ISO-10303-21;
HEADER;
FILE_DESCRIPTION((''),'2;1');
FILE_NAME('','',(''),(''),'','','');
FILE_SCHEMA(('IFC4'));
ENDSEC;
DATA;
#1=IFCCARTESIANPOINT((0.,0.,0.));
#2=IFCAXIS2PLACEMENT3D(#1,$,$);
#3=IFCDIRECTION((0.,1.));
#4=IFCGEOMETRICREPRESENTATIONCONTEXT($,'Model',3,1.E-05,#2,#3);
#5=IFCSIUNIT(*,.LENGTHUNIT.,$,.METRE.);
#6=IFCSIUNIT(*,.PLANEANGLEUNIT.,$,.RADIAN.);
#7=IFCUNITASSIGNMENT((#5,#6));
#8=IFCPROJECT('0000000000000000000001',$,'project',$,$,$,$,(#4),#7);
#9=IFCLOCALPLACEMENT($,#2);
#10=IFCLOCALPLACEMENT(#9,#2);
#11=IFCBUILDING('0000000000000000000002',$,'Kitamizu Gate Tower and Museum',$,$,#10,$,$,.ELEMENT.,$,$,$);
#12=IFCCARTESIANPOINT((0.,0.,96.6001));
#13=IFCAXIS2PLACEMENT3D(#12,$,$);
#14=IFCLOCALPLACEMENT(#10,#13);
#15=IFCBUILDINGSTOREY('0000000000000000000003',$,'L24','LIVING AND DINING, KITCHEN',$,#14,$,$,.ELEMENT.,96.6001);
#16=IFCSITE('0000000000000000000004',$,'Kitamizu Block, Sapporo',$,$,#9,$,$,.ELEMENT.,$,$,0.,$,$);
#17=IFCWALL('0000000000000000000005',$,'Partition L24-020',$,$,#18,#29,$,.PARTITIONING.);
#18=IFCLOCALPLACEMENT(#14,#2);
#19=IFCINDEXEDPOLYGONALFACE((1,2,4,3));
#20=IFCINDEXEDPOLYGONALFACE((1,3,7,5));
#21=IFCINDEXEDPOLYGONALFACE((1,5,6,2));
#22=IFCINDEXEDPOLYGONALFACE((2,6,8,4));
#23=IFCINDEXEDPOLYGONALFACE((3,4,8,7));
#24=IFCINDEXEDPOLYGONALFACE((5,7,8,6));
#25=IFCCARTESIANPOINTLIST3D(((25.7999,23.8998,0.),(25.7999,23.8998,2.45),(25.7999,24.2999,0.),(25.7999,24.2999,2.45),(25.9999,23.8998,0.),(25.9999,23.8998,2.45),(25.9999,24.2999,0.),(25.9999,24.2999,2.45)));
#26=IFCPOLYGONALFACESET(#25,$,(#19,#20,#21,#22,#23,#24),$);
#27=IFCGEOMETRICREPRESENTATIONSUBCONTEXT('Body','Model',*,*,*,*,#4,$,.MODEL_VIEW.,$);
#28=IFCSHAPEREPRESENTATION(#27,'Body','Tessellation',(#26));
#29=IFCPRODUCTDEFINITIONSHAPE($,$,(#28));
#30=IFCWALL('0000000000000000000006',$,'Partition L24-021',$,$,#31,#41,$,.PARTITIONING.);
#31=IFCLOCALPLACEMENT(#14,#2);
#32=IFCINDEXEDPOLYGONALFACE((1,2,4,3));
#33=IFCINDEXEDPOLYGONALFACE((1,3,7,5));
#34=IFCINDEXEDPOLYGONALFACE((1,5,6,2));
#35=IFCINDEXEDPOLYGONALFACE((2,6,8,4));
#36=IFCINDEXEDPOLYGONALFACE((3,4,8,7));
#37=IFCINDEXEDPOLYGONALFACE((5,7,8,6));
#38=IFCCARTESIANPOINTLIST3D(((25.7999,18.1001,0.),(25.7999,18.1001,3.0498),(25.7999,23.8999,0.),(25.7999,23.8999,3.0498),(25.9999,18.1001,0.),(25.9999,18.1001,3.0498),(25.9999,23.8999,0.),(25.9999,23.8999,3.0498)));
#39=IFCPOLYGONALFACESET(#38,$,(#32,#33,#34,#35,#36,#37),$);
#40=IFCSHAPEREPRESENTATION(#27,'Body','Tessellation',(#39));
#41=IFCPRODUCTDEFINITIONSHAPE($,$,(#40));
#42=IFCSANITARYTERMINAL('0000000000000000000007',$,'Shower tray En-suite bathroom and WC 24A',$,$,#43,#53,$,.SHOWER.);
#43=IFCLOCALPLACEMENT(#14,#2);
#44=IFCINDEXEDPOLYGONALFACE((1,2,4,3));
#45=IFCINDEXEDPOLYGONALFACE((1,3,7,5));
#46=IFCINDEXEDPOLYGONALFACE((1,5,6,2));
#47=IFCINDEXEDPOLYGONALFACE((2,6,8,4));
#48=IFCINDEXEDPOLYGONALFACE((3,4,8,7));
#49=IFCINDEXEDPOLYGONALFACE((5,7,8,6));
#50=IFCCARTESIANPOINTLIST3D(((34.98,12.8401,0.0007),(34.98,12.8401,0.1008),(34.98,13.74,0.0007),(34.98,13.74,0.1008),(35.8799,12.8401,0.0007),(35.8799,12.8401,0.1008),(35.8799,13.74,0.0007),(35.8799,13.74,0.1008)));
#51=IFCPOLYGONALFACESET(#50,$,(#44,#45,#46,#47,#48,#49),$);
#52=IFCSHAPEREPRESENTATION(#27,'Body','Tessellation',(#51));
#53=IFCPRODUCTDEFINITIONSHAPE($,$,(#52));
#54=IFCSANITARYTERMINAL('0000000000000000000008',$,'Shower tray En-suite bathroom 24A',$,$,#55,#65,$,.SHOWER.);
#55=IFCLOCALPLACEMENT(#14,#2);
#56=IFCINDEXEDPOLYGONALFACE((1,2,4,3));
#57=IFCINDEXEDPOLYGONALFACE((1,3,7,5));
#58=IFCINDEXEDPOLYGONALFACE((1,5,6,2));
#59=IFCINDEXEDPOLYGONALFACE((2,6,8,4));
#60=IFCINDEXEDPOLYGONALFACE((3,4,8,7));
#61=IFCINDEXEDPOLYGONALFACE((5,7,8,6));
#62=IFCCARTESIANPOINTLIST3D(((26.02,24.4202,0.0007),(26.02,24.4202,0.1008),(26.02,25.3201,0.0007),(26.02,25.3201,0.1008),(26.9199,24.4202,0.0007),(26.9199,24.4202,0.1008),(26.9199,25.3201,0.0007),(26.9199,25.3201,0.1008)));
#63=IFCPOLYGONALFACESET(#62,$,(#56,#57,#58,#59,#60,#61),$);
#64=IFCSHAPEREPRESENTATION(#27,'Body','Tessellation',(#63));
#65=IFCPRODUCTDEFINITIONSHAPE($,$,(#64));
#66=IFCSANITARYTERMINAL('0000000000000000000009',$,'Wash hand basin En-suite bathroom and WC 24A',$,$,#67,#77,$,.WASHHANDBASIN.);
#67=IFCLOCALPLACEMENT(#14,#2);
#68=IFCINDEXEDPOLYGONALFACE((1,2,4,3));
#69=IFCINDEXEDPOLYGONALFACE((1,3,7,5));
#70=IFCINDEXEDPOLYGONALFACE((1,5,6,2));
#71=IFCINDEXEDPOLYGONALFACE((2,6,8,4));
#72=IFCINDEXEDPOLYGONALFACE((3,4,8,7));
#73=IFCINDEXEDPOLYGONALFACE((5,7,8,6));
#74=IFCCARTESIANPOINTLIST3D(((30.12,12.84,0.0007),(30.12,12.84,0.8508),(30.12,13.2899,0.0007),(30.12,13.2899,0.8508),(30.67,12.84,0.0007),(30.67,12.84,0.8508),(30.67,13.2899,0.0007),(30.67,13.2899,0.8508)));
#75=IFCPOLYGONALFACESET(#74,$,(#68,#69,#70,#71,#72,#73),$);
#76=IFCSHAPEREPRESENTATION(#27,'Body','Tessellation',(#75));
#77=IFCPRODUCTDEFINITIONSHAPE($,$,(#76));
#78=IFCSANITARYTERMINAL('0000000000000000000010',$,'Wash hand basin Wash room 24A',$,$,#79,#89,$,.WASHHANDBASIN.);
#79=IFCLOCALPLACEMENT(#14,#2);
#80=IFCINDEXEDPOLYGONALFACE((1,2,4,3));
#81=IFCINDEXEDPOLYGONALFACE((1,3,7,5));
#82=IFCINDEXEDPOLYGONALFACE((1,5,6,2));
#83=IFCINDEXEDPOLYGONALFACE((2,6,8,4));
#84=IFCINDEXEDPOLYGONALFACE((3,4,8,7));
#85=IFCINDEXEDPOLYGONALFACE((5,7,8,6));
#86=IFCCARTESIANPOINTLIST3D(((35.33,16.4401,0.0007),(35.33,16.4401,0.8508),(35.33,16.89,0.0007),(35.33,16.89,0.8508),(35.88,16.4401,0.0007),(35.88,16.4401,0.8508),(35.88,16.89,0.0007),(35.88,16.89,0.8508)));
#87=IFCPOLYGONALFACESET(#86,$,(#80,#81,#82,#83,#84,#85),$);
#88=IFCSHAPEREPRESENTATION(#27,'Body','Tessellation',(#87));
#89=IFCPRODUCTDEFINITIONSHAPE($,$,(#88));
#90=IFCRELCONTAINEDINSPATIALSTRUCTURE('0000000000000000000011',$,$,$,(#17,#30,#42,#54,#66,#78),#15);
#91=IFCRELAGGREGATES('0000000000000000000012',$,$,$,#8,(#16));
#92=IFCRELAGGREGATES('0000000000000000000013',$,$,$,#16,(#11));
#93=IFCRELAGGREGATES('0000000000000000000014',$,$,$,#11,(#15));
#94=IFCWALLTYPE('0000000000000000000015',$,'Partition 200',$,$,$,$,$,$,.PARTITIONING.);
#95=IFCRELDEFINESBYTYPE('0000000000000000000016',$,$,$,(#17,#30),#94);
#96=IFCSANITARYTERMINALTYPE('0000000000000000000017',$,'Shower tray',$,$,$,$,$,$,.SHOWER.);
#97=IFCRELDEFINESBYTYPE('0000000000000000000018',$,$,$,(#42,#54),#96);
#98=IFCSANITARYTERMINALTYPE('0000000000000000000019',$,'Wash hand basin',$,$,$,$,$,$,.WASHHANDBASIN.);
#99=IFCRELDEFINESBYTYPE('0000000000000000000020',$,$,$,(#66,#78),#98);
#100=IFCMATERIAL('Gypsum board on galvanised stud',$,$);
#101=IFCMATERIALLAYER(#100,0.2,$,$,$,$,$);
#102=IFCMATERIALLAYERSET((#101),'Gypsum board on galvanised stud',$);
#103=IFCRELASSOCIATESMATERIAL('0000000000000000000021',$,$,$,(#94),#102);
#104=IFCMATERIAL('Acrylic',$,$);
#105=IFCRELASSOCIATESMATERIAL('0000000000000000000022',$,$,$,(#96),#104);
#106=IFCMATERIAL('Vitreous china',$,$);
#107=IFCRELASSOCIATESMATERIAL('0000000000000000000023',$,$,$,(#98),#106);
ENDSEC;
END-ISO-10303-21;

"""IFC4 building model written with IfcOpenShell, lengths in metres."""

from ifc_helpers import new_model, si_unit, direction, frame, frame_2d, origin, origin_2d, place, context, subcontext, project, spatial, rectangle, extrude, material, layer, layer_set, type_object, element, save


model = new_model("IFC4")

# Units and contexts
model_context = context("Model", 3, precision=1e-05, world=origin(), true_north=direction((0.0, 1.0)))
body_context = subcontext(model_context, "Body", "Model", "MODEL_VIEW")
ifc_project = project(units=[si_unit("LENGTHUNIT", "METRE"), si_unit("PLANEANGLEUNIT", "RADIAN")], contexts=[model_context])

# Site, building, storey
site_placement = place(None, origin())
site = spatial("IfcSite", under=ifc_project, at=site_placement, Name="Kitamizu Block, Sapporo", CompositionType="ELEMENT", RefElevation=0.0)
building_placement = place(site_placement, origin())
building = spatial("IfcBuilding", under=site, at=building_placement, Name="Kitamizu Gate Tower and Museum", CompositionType="ELEMENT")
storey_placement = place(building_placement, frame((0.0, 0.0, 96.6001)))
storey = spatial("IfcBuildingStorey", under=building, at=storey_placement, Name="L24", Description="LIVING AND DINING, KITCHEN", CompositionType="ELEMENT", Elevation=96.6001)

# Walls
ifc_material_1 = material(Name="Gypsum board on galvanised stud")
ifc_layer_1 = layer(ifc_material_1, 0.2)
ifc_layer_set_1 = layer_set([ifc_layer_1], Name="Gypsum board on galvanised stud")
wall_type_1 = type_object("IfcWallType", Name="Partition 200", PredefinedType="PARTITIONING", material=ifc_layer_set_1)
wall_1_placement = place(storey_placement, frame((25.8999, 24.3, 0.0), z_axis=(0.0, 0.0, 1.0), x_axis=(0.0, -1.0, 0.0)))
element("IfcWall", 1, at=wall_1_placement, inside=storey, type_object=wall_type_1, Name="Partition L24-020", PredefinedType="PARTITIONING", context=body_context, shape_type="SweptSolid", body=[
    extrude(rectangle(XDim=0.4001, YDim=0.2, at=frame_2d((0.2002, 0.0))), origin(), (0.0, 0.0, 1.0), 2.45),
])
wall_2_placement = place(storey_placement, frame((25.8999, 23.8999, 0.0), z_axis=(0.0, 0.0, 1.0), x_axis=(0.0, -1.0, 0.0)))
element("IfcWall", 2, at=wall_2_placement, inside=storey, type_object=wall_type_1, Name="Partition L24-021", PredefinedType="PARTITIONING", context=body_context, shape_type="SweptSolid", body=[
    extrude(rectangle(XDim=5.7998, YDim=0.2, at=frame_2d((2.8999, 0.0))), origin(), (0.0, 0.0, 1.0), 3.0498),
])

# Sanitary terminals
ifc_material_2 = material(Name="Acrylic")
sanitary_terminal_type_1 = type_object("IfcSanitaryTerminalType", Name="Shower tray", PredefinedType="SHOWER", material=ifc_material_2)
for number, where, z_axis, x_axis, name in (
    (3, (35.4299, 13.29, 0.0007), (0.0, 0.0, 1.0), (1.0, 0.0, 0.0), "Shower tray En-suite bathroom and WC 24A"),
    (4, (26.47, 24.8701, 0.0007), (0.0, 0.0, 1.0), (1.0, 0.0, 0.0), "Shower tray En-suite bathroom 24A"),
):
    element("IfcSanitaryTerminal", number, at=place(storey_placement, frame(where, z_axis=z_axis, x_axis=x_axis)), inside=storey, type_object=sanitary_terminal_type_1, Name=name, PredefinedType="SHOWER", context=body_context, shape_type="SweptSolid", body=[
        extrude(rectangle(XDim=0.8999, YDim=0.8999, at=origin_2d()), origin(), (0.0, 0.0, 1.0), 0.1001),
    ])
ifc_material_3 = material(Name="Vitreous china")
sanitary_terminal_type_2 = type_object("IfcSanitaryTerminalType", Name="Wash hand basin", PredefinedType="WASHHANDBASIN", material=ifc_material_3)
for number, where, z_axis, x_axis, name in (
    (5, (30.395, 13.0649, 0.0007), (0.0, 0.0, 1.0), (1.0, 0.0, 0.0), "Wash hand basin En-suite bathroom and WC 24A"),
    (6, (35.605, 16.665, 0.0007), (0.0, 0.0, 1.0), (1.0, 0.0, 0.0), "Wash hand basin Wash room 24A"),
):
    element("IfcSanitaryTerminal", number, at=place(storey_placement, frame(where, z_axis=z_axis, x_axis=x_axis)), inside=storey, type_object=sanitary_terminal_type_2, Name=name, PredefinedType="WASHHANDBASIN", context=body_context, shape_type="SweptSolid", body=[
        extrude(rectangle(XDim=0.55, YDim=0.45, at=origin_2d()), origin(), (0.0, 0.0, 1.0), 0.8501),
    ])

save(model, "model.ifc")
